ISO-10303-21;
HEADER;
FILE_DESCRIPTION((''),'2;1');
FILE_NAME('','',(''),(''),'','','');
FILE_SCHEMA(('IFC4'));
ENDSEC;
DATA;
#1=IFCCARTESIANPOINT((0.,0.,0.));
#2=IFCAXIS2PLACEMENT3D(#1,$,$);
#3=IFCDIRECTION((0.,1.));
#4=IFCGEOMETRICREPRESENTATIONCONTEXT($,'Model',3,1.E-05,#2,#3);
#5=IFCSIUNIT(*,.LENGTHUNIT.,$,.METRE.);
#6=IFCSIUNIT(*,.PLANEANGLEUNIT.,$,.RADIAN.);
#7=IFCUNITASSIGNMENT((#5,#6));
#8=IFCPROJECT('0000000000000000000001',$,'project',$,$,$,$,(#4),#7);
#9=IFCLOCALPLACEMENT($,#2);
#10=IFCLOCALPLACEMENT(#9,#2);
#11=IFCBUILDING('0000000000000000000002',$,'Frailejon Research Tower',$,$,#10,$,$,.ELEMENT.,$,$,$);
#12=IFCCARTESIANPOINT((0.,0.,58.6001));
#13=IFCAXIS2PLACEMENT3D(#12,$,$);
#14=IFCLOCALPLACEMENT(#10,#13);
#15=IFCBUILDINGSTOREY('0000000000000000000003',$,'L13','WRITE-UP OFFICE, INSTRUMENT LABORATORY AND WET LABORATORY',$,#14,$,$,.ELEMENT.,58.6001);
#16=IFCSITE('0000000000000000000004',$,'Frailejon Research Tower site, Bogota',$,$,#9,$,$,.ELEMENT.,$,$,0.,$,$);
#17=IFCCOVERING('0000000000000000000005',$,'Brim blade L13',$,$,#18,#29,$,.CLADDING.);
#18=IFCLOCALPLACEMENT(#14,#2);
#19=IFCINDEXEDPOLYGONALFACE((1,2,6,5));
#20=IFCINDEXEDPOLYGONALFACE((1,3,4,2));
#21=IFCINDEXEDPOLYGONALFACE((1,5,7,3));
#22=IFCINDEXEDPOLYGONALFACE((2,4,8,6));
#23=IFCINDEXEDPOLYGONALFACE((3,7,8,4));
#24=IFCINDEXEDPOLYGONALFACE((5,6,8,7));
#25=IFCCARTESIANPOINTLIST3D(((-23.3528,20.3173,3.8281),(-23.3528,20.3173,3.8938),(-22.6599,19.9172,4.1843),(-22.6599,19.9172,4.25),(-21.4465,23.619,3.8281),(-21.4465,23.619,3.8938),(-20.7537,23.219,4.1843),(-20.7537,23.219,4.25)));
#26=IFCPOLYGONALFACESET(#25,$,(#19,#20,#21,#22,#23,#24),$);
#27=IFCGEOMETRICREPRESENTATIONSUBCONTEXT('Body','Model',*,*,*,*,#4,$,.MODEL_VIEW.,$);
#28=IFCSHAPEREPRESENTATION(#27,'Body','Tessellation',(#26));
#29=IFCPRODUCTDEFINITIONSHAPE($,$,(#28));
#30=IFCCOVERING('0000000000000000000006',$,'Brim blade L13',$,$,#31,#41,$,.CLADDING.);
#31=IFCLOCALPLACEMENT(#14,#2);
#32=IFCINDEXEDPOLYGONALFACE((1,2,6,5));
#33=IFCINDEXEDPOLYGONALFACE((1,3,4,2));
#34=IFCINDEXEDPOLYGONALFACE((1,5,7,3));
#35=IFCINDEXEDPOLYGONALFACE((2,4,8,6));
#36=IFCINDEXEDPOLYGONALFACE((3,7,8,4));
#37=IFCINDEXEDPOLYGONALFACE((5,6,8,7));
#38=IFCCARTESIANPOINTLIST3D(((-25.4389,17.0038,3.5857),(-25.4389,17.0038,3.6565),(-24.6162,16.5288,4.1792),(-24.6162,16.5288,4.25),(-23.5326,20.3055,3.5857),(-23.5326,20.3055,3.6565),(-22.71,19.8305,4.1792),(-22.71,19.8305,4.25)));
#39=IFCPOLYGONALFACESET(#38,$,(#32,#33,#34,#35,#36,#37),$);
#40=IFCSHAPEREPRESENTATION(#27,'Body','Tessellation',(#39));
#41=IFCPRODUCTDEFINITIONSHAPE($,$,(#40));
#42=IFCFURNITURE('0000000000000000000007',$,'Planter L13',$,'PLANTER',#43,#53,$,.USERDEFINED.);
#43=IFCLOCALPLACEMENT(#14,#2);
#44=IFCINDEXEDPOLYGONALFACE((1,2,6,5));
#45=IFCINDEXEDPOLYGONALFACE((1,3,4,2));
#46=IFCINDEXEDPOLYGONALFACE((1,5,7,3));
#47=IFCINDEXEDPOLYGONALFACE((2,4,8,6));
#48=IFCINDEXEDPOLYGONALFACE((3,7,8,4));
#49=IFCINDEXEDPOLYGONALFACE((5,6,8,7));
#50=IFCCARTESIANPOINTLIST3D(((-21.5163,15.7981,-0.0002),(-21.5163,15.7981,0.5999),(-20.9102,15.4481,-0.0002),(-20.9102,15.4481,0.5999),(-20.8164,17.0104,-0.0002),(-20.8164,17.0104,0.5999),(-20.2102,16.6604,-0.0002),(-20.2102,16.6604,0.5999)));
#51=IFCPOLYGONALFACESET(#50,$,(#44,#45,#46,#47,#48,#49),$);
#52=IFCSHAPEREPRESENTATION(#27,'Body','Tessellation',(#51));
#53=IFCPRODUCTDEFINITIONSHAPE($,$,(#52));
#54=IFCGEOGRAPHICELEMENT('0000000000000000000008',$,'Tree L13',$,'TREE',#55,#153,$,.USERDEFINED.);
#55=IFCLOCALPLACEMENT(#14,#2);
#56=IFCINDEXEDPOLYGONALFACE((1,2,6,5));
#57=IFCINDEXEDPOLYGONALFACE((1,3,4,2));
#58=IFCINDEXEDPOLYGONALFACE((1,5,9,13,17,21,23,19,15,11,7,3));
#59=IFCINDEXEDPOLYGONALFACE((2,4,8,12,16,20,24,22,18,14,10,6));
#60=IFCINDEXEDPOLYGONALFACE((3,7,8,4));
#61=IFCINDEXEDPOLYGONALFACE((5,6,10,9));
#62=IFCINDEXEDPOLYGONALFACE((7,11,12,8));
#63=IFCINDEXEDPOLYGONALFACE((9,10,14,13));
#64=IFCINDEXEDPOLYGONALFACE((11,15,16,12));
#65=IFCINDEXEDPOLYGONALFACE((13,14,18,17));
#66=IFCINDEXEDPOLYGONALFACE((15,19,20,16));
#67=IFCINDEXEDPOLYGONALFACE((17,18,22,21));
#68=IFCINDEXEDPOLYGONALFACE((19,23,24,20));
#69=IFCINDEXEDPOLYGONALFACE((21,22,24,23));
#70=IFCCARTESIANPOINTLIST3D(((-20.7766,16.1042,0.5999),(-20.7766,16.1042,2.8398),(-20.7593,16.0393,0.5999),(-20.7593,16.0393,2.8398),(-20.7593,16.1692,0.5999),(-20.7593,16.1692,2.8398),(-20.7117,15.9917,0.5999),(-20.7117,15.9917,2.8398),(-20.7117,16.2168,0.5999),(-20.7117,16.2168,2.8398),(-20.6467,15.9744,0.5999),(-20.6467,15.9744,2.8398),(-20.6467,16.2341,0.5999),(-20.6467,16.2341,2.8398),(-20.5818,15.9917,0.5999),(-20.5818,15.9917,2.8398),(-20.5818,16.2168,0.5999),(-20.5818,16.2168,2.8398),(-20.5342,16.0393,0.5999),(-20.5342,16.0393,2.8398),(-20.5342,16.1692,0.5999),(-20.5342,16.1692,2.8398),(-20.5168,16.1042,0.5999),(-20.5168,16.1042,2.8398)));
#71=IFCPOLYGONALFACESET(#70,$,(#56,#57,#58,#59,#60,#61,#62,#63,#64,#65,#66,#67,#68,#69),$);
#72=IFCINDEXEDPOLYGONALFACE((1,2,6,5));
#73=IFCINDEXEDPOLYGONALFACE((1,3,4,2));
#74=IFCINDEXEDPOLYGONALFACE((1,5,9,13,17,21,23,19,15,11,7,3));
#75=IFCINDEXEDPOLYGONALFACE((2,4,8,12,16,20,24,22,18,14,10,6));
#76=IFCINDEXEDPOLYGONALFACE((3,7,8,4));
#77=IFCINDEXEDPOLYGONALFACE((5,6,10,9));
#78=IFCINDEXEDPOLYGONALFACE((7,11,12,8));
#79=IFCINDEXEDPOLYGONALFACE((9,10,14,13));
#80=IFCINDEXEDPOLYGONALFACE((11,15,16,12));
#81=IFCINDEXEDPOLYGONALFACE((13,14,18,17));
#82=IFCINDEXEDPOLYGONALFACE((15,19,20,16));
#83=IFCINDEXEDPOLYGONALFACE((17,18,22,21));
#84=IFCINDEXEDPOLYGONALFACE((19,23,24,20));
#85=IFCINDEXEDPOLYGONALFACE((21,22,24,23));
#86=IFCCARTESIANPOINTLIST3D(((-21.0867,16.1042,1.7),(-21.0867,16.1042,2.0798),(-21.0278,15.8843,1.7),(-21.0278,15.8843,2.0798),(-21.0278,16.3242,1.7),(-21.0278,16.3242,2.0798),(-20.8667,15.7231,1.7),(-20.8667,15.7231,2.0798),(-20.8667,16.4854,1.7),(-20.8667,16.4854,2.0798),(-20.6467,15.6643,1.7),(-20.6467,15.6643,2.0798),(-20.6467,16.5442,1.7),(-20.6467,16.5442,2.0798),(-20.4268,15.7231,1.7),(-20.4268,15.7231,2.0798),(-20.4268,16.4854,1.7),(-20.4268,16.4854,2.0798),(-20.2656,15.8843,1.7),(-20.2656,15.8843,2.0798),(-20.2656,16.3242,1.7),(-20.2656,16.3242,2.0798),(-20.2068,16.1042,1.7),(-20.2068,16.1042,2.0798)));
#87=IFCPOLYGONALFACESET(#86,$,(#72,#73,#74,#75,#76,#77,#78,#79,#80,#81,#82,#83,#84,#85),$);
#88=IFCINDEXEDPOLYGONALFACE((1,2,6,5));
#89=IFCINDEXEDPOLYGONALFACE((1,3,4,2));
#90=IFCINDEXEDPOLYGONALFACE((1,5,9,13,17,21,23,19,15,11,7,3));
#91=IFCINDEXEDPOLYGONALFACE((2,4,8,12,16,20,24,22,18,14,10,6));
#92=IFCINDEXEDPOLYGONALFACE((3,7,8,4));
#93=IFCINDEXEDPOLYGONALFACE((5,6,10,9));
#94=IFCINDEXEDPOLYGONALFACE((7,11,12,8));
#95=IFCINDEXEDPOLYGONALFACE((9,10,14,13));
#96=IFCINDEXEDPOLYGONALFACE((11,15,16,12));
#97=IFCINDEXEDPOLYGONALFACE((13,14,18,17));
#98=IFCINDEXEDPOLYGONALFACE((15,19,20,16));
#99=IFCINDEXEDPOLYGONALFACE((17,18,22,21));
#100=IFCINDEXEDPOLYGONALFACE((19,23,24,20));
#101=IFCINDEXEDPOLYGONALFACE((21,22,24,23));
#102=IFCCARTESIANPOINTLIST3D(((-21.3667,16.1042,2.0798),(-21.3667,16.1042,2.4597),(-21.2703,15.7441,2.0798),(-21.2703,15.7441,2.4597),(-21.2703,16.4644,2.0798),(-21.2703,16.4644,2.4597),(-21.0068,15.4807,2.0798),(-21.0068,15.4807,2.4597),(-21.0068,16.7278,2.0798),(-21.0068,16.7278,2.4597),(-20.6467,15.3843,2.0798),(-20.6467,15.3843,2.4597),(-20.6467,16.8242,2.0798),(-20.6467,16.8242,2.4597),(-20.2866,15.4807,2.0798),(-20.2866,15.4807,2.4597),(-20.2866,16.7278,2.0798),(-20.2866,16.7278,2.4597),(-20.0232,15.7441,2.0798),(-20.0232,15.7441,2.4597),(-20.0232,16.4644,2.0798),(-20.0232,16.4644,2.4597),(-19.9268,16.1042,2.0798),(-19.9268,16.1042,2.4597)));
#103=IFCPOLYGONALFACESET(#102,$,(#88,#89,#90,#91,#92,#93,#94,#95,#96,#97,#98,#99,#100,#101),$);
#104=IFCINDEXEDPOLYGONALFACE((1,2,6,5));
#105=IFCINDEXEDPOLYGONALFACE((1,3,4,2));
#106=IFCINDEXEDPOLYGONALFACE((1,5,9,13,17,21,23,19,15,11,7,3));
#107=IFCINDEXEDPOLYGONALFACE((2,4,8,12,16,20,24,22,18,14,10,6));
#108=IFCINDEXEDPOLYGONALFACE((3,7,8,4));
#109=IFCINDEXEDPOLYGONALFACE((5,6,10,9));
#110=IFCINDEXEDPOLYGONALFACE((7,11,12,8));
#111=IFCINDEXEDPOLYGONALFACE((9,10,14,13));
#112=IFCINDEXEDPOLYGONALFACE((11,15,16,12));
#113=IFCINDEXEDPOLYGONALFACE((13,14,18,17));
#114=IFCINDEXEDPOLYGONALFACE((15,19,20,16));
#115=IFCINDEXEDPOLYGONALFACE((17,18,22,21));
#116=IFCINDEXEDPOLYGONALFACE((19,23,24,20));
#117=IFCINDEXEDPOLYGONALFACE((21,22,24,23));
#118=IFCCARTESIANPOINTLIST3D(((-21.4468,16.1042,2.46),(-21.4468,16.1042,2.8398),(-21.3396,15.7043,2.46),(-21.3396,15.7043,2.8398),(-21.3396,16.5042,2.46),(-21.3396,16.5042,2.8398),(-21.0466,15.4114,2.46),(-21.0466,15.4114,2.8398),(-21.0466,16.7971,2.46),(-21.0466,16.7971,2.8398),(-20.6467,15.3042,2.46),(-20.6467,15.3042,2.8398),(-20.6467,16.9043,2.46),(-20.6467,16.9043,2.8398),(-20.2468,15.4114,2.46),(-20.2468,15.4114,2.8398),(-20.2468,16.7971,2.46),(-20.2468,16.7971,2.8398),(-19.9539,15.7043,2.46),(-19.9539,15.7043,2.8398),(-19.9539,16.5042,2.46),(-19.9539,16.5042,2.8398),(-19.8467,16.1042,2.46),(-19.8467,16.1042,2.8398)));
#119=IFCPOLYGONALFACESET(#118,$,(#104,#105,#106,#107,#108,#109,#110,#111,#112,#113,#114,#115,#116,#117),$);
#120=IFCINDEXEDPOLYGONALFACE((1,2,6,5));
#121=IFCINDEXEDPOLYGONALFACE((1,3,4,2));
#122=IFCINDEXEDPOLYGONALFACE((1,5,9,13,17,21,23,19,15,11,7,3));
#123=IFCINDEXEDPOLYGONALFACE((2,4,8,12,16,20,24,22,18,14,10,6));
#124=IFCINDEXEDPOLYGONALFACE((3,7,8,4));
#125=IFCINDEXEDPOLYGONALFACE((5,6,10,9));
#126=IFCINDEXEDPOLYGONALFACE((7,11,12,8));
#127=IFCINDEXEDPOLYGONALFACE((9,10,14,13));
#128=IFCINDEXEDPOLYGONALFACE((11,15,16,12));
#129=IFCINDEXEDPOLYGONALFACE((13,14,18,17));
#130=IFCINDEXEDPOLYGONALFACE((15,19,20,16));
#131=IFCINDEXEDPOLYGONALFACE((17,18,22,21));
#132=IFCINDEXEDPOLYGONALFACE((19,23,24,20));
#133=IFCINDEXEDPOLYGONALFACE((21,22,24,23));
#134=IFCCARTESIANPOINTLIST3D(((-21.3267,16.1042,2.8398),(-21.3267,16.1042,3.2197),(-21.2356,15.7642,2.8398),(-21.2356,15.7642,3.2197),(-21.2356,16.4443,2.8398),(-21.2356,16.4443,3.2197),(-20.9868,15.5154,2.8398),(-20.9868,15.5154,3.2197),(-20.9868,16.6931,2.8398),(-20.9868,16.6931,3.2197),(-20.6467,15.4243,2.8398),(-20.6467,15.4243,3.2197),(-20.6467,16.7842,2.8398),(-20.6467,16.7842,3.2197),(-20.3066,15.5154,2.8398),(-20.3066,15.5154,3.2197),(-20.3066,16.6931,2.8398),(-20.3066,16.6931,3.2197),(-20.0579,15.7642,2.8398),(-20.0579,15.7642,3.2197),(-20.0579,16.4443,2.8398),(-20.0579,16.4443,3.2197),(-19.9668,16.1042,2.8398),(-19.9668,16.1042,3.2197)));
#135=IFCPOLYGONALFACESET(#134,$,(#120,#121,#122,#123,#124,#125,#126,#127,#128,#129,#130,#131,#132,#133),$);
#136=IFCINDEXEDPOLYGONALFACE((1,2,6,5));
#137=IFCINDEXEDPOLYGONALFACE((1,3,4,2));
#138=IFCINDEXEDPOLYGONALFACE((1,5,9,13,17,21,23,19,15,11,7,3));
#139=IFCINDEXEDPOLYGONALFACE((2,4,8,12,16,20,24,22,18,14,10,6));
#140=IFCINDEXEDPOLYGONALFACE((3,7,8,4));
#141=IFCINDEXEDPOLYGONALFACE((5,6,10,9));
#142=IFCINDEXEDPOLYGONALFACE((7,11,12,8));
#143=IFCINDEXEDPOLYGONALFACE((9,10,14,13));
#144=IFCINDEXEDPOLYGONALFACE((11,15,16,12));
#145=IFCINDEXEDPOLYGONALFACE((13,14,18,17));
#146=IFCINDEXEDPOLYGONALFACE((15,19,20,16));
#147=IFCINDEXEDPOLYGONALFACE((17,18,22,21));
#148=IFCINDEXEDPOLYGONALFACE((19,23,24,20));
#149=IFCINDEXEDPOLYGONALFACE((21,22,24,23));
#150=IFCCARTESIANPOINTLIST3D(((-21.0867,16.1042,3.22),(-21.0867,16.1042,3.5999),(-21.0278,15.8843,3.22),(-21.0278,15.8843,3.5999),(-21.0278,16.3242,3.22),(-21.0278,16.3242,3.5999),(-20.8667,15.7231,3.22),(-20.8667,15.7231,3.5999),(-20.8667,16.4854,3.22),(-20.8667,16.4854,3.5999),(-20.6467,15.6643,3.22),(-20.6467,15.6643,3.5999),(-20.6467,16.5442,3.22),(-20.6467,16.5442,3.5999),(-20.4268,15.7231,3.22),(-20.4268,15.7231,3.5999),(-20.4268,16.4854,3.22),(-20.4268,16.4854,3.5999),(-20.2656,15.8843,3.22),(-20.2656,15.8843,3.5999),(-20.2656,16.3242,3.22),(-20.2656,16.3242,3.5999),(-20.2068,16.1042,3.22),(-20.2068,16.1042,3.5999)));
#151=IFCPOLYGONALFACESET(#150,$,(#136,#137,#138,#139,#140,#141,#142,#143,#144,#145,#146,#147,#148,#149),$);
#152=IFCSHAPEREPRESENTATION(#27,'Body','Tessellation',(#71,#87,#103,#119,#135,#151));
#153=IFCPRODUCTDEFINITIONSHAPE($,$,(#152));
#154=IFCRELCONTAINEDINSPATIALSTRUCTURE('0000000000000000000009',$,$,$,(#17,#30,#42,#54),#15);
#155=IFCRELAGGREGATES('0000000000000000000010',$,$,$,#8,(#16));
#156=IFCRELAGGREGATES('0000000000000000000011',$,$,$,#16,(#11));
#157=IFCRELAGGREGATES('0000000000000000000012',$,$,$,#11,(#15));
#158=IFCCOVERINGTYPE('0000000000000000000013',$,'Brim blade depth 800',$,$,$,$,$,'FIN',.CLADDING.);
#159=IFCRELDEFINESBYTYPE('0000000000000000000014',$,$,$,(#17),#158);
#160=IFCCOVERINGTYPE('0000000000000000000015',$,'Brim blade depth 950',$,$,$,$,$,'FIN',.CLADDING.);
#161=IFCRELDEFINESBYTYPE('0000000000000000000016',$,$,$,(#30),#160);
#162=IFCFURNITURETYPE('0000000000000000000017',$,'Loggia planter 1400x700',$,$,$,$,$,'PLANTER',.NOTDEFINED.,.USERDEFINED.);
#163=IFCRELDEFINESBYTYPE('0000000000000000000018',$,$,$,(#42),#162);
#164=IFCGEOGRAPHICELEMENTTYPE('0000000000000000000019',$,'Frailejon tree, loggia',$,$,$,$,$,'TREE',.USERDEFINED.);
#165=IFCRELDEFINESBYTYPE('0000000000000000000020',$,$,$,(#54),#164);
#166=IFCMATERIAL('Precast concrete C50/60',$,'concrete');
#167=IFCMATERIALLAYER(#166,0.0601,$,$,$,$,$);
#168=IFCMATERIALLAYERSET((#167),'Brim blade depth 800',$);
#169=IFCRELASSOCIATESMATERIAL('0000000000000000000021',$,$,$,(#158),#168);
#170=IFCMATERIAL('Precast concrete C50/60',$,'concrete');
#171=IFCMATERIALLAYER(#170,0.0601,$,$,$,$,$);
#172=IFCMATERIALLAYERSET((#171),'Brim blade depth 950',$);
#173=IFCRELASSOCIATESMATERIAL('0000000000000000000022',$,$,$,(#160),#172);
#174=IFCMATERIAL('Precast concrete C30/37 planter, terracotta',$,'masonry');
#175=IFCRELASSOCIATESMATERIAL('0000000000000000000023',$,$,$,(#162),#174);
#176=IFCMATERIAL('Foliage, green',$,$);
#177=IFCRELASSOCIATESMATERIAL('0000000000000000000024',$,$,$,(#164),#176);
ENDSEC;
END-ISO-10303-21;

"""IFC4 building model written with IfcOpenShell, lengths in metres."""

from ifc_helpers import new_model, si_unit, direction, frame, origin, origin_2d, place, context, subcontext, project, spatial, polyline, rectangle, outline, extrude, material, layer, layer_set, type_object, element, save


model = new_model("IFC4")

# Units and contexts
model_context = context("Model", 3, precision=1e-05, world=origin(), true_north=direction((0.0, 1.0)))
body_context = subcontext(model_context, "Body", "Model", "MODEL_VIEW")
ifc_project = project(units=[si_unit("LENGTHUNIT", "METRE"), si_unit("PLANEANGLEUNIT", "RADIAN")], contexts=[model_context])

# Site, building, storey
site_placement = place(None, origin())
site = spatial("IfcSite", under=ifc_project, at=site_placement, Name="Frailejon Research Tower site, Bogota", CompositionType="ELEMENT", RefElevation=0.0)
building_placement = place(site_placement, origin())
building = spatial("IfcBuilding", under=site, at=building_placement, Name="Frailejon Research Tower", CompositionType="ELEMENT")
storey_placement = place(building_placement, frame((0.0, 0.0, 58.6001)))
storey = spatial("IfcBuildingStorey", under=building, at=storey_placement, Name="L13", Description="WRITE-UP OFFICE, INSTRUMENT LABORATORY AND WET LABORATORY", CompositionType="ELEMENT", Elevation=58.6001)

# Coverings
ifc_material_1 = material(Name="Precast concrete C50/60", Category="concrete")
ifc_layer_1 = layer(ifc_material_1, 0.0601)
ifc_layer_set_1 = layer_set([ifc_layer_1], Name="Brim blade depth 800")
covering_type_1 = type_object("IfcCoveringType", Name="Brim blade depth 800", ElementType="FIN", PredefinedType="CLADDING", material=ifc_layer_set_1)
covering_1_placement = place(storey_placement, frame((-22.6599, 19.9172, 4.25), z_axis=(0.500001, 0.866025, 0.0), x_axis=(-0.866025, 0.500001, 0.0)))
element("IfcCovering", 1, at=covering_1_placement, inside=storey, type_object=covering_type_1, Name="Brim blade L13", PredefinedType="CLADDING", context=body_context, shape_type="SweptSolid", body=[
    extrude(outline(polyline([(0.0, -0.0657), (0.8, -0.4219), (0.8, -0.3562), (0.0, 0.0), (0.0, -0.0657)])), origin(), (0.0, 0.0, 1.0), 3.8125),
])
ifc_material_2 = material(Name="Precast concrete C50/60", Category="concrete")
ifc_layer_2 = layer(ifc_material_2, 0.0601)
ifc_layer_set_2 = layer_set([ifc_layer_2], Name="Brim blade depth 950")
covering_type_2 = type_object("IfcCoveringType", Name="Brim blade depth 950", ElementType="FIN", PredefinedType="CLADDING", material=ifc_layer_set_2)
covering_2_placement = place(storey_placement, frame((-24.6162, 16.5288, 4.25), z_axis=(0.500001, 0.866025, 0.0), x_axis=(-0.866025, 0.500001, 0.0)))
element("IfcCovering", 2, at=covering_2_placement, inside=storey, type_object=covering_type_2, Name="Brim blade L13", PredefinedType="CLADDING", context=body_context, shape_type="SweptSolid", body=[
    extrude(outline(polyline([(0.0, -0.0708), (0.95, -0.6643), (0.95, -0.5935), (0.0, 0.0), (0.0, -0.0708)])), origin(), (0.0, 0.0, 1.0), 3.8125),
])

# Furniture
ifc_material_3 = material(Name="Precast concrete C30/37 planter, terracotta", Category="masonry")
furniture_type = type_object("IfcFurnitureType", Name="Loggia planter 1400x700", ElementType="PLANTER", AssemblyPlace="NOTDEFINED", PredefinedType="USERDEFINED", material=ifc_material_3)
furniture_placement = place(storey_placement, frame((-20.8633, 16.2292, -0.0002), z_axis=(0.0, 0.0, 1.0), x_axis=(-0.5, -0.866025, 0.0)))
element("IfcFurniture", 3, at=furniture_placement, inside=storey, type_object=furniture_type, Name="Planter L13", ObjectType="PLANTER", PredefinedType="USERDEFINED", context=body_context, shape_type="SweptSolid", body=[
    extrude(rectangle(XDim=1.3999, YDim=0.7, at=origin_2d()), origin(), (0.0, 0.0, 1.0), 0.6001),
])

# Geographic element
ifc_material_4 = material(Name="Foliage, green")
geographic_element_type = type_object("IfcGeographicElementType", Name="Frailejon tree, loggia", ElementType="TREE", PredefinedType="USERDEFINED", material=ifc_material_4)
geographic_element_placement = place(storey_placement, frame((-20.6467, 16.1042, 0.5999)))
element("IfcGeographicElement", 4, at=geographic_element_placement, inside=storey, type_object=geographic_element_type, Name="Tree L13", ObjectType="TREE", PredefinedType="USERDEFINED", context=body_context, shape_type="SweptSolid", body=[
    extrude(outline(polyline([(0.1299, 0.0), (0.1125, 0.0649), (0.0649, 0.1125), (0.0, 0.1299), (-0.0649, 0.1125), (-0.1125, 0.0649), (-0.1299, 0.0), (-0.1125, -0.0649), (-0.0649, -0.1125), (0.0, -0.1299), (0.0649, -0.1125), (0.1125, -0.0649), (0.1299, 0.0)])), origin(), (0.0, 0.0, 1.0), 2.24),
    extrude(outline(polyline([(0.4399, 0.0), (0.3811, 0.22), (0.22, 0.3811), (0.0, 0.4399), (-0.22, 0.3811), (-0.3811, 0.22), (-0.4399, 0.0), (-0.3811, -0.22), (-0.22, -0.3811), (0.0, -0.4399), (0.22, -0.3811), (0.3811, -0.22), (0.4399, 0.0)])), frame((0.0, 0.0, 1.1001)), (0.0, 0.0, 1.0), 0.3799),
    extrude(outline(polyline([(0.72, 0.0), (0.6235, 0.3601), (0.3601, 0.6235), (0.0, 0.72), (-0.3601, 0.6235), (-0.6235, 0.3601), (-0.72, 0.0), (-0.6235, -0.3601), (-0.3601, -0.6235), (0.0, -0.72), (0.3601, -0.6235), (0.6235, -0.3601), (0.72, 0.0)])), frame((0.0, 0.0, 1.48)), (0.0, 0.0, 1.0), 0.3799),
    extrude(outline(polyline([(0.8, 0.0), (0.6929, 0.3999), (0.3999, 0.6929), (0.0, 0.8), (-0.3999, 0.6929), (-0.6929, 0.3999), (-0.8, 0.0), (-0.6929, -0.3999), (-0.3999, -0.6929), (0.0, -0.8), (0.3999, -0.6929), (0.6929, -0.3999), (0.8, 0.0)])), frame((0.0, 0.0, 1.8601)), (0.0, 0.0, 1.0), 0.3799),
    extrude(outline(polyline([(0.6799, 0.0), (0.5889, 0.3401), (0.3401, 0.5889), (0.0, 0.6799), (-0.3401, 0.5889), (-0.5889, 0.3401), (-0.6799, 0.0), (-0.5889, -0.3401), (-0.3401, -0.5889), (0.0, -0.6799), (0.3401, -0.5889), (0.5889, -0.3401), (0.6799, 0.0)])), frame((0.0, 0.0, 2.24)), (0.0, 0.0, 1.0), 0.3799),
    extrude(outline(polyline([(0.4399, 0.0), (0.3811, 0.22), (0.22, 0.3811), (0.0, 0.4399), (-0.22, 0.3811), (-0.3811, 0.22), (-0.4399, 0.0), (-0.3811, -0.22), (-0.22, -0.3811), (0.0, -0.4399), (0.22, -0.3811), (0.3811, -0.22), (0.4399, 0.0)])), frame((0.0, 0.0, 2.6201)), (0.0, 0.0, 1.0), 0.3799),
])

save(model, "model.ifc")
